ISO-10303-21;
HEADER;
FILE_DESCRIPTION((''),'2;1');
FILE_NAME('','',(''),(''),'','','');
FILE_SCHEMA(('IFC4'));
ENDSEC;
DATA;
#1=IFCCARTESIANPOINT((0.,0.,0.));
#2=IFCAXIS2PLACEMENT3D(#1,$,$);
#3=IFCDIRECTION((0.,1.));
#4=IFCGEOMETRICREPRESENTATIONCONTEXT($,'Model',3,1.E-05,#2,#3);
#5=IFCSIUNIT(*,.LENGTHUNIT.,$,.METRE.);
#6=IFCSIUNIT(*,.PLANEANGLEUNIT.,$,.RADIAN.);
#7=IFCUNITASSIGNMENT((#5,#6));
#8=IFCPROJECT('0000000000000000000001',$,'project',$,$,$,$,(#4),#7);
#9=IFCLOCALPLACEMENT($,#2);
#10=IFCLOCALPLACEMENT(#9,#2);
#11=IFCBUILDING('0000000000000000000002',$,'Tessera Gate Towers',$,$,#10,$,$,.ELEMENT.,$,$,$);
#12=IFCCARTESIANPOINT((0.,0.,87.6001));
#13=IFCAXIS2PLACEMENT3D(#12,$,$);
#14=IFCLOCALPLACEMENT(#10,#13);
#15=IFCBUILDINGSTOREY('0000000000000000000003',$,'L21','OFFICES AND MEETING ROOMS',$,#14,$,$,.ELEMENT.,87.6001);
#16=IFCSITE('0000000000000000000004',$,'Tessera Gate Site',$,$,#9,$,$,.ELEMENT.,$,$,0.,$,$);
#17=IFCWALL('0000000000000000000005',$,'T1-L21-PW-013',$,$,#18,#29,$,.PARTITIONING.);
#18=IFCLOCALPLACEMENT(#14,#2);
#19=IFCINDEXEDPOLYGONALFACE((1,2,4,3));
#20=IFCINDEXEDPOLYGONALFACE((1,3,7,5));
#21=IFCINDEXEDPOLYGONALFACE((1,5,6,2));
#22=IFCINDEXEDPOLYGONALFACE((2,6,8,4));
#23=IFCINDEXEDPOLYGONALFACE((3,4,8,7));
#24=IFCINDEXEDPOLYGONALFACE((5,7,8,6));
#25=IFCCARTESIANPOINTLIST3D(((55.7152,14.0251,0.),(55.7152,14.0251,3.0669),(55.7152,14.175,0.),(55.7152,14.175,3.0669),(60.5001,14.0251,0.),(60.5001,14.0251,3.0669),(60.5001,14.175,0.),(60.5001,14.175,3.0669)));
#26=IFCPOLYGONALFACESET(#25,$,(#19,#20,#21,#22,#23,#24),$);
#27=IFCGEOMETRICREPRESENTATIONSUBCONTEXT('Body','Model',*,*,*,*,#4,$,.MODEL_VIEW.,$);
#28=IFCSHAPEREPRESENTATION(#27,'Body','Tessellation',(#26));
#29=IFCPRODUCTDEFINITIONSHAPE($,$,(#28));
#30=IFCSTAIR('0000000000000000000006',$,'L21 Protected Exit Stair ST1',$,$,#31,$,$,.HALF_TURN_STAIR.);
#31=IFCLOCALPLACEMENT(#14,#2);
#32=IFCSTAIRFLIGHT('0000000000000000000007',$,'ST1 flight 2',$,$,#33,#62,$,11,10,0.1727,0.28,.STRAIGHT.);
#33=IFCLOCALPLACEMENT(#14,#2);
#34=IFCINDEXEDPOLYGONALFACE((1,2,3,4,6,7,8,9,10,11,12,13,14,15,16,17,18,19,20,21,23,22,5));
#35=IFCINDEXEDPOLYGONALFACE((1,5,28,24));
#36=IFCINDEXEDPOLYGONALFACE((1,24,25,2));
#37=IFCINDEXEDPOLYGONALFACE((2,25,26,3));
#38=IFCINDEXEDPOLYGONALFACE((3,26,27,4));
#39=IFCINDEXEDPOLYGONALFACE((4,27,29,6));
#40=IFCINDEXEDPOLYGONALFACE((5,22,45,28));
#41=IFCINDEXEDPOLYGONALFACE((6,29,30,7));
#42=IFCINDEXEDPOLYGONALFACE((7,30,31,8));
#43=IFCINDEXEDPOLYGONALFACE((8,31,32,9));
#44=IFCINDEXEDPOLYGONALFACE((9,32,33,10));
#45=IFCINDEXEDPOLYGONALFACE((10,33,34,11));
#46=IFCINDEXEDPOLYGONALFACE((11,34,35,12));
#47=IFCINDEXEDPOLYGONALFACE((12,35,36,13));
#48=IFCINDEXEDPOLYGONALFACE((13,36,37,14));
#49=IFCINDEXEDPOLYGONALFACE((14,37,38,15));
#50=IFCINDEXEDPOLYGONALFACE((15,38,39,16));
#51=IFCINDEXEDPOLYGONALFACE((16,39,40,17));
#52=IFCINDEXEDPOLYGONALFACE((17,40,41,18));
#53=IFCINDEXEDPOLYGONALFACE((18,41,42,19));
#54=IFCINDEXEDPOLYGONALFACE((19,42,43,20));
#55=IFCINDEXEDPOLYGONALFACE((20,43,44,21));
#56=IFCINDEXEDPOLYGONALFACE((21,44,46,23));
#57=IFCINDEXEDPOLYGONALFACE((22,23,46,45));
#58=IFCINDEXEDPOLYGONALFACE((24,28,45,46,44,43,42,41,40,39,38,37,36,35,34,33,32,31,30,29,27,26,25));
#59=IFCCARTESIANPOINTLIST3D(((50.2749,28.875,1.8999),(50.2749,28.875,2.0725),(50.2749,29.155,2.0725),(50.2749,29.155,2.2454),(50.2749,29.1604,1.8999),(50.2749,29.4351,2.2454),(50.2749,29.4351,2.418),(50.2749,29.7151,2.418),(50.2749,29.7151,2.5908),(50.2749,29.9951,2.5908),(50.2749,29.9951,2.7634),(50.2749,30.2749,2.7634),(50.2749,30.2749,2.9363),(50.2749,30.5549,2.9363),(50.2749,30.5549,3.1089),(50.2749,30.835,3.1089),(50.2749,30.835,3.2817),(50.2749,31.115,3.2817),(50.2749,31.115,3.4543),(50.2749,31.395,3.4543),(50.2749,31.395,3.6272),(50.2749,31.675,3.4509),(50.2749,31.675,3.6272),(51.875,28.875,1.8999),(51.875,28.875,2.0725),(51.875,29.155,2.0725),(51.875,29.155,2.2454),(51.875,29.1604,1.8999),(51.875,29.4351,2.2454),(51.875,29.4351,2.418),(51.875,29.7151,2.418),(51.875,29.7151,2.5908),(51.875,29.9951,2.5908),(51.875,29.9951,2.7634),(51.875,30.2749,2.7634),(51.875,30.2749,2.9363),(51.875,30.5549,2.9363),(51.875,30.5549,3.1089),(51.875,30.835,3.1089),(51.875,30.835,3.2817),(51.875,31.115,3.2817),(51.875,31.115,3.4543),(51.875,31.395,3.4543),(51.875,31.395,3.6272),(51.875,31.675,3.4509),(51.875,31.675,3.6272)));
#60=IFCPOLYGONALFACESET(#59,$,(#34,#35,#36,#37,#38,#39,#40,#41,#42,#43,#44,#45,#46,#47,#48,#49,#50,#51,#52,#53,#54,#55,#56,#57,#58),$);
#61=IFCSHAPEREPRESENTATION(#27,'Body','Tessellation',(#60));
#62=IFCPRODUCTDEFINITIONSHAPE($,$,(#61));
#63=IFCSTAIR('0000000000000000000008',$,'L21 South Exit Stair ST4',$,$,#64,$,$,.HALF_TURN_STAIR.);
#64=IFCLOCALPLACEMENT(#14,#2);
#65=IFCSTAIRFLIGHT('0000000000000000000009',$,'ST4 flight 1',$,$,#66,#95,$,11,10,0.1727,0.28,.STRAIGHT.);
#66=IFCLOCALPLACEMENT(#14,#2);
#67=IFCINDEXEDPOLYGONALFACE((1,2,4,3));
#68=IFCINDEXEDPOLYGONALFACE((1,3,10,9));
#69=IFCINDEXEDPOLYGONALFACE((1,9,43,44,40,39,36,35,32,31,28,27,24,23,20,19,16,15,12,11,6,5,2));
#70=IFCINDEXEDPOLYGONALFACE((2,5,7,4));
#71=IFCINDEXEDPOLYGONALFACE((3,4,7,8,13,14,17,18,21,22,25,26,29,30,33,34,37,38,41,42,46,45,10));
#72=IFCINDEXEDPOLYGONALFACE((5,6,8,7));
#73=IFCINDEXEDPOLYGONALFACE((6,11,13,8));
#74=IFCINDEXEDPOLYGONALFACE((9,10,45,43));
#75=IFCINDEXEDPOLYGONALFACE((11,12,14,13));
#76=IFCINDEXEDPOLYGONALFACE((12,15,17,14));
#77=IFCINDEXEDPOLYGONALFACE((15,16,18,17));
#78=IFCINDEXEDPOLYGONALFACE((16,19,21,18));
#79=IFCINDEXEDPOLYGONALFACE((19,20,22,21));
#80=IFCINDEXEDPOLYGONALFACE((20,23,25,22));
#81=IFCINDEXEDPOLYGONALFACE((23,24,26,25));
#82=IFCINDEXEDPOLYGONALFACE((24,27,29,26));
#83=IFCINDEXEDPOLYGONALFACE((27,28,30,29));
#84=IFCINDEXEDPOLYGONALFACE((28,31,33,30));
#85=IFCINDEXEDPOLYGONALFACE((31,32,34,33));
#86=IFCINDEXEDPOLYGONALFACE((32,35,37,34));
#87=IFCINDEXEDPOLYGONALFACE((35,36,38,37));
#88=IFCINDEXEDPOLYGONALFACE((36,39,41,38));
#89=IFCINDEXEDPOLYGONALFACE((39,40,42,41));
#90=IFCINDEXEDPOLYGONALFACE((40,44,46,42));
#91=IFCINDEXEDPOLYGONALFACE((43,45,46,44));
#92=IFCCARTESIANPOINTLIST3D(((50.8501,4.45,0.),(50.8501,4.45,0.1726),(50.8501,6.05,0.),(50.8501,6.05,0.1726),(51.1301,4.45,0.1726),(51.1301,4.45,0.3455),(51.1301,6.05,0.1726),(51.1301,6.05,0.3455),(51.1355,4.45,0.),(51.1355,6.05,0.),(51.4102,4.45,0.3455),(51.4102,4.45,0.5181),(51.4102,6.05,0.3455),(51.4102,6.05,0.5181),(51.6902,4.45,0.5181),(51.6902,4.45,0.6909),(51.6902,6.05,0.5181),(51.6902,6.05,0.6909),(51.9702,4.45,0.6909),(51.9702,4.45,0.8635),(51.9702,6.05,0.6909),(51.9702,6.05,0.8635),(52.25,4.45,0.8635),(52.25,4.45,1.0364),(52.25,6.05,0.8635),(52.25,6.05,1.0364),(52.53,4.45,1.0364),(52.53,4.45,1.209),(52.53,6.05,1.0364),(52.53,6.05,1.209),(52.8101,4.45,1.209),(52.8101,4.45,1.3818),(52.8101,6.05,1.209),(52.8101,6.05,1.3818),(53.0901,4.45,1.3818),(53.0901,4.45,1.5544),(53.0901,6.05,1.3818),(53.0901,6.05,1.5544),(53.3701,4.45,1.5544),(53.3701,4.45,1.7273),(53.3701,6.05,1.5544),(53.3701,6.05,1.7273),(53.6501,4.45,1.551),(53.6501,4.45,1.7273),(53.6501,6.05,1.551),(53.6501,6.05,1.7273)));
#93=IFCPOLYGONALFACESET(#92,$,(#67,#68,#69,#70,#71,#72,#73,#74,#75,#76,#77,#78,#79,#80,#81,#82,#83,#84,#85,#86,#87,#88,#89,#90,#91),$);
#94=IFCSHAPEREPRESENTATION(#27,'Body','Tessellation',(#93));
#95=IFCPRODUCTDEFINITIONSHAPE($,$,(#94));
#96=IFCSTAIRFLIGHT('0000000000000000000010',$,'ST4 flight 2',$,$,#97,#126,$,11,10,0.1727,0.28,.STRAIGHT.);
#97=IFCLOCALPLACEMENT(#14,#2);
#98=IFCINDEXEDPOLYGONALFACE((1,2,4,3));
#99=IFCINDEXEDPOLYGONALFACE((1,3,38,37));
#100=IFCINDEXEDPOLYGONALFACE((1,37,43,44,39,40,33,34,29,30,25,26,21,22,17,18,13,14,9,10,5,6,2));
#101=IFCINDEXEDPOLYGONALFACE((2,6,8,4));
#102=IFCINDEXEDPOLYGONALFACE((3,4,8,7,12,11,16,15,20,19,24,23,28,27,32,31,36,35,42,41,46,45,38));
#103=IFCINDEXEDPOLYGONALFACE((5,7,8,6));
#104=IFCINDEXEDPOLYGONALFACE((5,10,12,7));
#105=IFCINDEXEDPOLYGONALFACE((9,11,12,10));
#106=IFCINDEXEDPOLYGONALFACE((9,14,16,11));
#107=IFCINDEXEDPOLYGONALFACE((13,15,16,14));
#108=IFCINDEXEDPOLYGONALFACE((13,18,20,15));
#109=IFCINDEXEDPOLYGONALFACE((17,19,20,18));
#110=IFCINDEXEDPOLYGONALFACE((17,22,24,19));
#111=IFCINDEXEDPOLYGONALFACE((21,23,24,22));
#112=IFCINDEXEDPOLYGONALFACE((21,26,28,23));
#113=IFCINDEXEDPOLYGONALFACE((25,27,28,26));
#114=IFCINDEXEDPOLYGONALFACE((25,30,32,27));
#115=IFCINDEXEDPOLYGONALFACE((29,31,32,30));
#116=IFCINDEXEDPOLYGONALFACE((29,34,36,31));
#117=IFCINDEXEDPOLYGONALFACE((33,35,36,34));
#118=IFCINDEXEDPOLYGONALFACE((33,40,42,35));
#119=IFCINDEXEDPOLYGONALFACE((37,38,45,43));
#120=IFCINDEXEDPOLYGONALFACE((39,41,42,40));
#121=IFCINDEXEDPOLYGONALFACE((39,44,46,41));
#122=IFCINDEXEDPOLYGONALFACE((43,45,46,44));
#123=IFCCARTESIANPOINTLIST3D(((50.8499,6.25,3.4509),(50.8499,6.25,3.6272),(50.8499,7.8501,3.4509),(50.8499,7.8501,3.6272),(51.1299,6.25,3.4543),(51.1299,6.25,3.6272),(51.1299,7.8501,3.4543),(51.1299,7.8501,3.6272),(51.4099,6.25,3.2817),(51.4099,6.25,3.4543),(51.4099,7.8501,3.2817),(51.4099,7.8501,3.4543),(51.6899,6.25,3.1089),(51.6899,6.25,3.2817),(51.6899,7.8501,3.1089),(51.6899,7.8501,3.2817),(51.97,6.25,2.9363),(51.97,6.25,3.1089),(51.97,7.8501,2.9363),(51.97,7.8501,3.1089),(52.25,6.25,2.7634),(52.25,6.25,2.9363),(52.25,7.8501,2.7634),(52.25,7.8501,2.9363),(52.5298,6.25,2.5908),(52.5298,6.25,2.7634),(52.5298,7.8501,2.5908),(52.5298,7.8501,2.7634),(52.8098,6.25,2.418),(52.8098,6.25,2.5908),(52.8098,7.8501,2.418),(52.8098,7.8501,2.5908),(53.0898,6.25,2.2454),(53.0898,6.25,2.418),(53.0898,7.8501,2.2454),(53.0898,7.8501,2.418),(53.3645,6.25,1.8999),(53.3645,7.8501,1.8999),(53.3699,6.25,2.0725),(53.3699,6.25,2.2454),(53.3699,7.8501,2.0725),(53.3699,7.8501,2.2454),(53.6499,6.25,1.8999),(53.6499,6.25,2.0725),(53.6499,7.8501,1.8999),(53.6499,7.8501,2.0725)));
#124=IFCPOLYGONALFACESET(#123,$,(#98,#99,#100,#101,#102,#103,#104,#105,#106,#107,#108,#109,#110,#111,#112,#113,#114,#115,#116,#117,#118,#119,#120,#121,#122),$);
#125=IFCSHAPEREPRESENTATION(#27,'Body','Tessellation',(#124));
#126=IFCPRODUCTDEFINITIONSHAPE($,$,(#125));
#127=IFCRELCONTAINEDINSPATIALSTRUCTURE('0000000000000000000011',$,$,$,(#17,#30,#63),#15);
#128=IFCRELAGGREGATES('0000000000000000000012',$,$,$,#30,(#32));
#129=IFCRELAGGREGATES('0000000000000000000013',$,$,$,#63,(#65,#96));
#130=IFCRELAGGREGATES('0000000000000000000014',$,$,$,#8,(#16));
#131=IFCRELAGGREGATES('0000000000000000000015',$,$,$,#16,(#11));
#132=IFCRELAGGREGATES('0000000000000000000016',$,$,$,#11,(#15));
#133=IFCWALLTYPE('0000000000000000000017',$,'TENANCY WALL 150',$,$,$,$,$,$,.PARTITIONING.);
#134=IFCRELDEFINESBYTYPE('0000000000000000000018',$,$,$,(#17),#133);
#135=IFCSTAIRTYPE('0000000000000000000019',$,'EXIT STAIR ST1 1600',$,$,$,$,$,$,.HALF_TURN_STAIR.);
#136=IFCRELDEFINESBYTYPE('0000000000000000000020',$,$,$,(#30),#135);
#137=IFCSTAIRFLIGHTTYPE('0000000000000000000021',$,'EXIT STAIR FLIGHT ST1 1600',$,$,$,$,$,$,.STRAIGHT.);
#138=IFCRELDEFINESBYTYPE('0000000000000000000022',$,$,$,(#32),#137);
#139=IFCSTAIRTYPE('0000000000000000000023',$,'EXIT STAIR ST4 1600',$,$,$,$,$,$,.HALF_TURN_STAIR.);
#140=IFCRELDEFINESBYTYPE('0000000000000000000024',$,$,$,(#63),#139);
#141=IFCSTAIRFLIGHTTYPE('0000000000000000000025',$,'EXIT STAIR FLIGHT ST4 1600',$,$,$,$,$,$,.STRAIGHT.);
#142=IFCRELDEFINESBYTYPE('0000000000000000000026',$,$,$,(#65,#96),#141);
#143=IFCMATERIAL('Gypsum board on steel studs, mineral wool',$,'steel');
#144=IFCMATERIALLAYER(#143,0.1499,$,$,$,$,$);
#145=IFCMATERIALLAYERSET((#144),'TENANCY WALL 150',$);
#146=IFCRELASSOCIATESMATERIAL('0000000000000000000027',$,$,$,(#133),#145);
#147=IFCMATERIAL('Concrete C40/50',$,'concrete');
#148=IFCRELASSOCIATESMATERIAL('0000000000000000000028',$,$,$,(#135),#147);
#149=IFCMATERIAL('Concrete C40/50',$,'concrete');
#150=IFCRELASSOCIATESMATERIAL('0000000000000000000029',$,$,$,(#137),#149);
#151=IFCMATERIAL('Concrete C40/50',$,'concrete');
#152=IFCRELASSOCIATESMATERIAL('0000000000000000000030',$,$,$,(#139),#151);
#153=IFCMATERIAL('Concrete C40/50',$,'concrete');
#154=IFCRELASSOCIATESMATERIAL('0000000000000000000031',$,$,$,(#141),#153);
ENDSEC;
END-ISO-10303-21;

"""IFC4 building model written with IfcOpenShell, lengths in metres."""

from ifc_helpers import new_model, si_unit, direction, frame, frame_2d, origin, place, context, subcontext, project, spatial, polyline, rectangle, outline, extrude, material, layer, layer_set, type_object, element, aggregate, save


model = new_model("IFC4")

# Units and contexts
model_context = context("Model", 3, precision=1e-05, world=origin(), true_north=direction((0.0, 1.0)))
body_context = subcontext(model_context, "Body", "Model", "MODEL_VIEW")
ifc_project = project(units=[si_unit("LENGTHUNIT", "METRE"), si_unit("PLANEANGLEUNIT", "RADIAN")], contexts=[model_context])

# Site, building, storey
site_placement = place(None, origin())
site = spatial("IfcSite", under=ifc_project, at=site_placement, Name="Tessera Gate Site", CompositionType="ELEMENT", RefElevation=0.0)
building_placement = place(site_placement, origin())
building = spatial("IfcBuilding", under=site, at=building_placement, Name="Tessera Gate Towers", CompositionType="ELEMENT")
storey_placement = place(building_placement, frame((0.0, 0.0, 87.6001)))
storey = spatial("IfcBuildingStorey", under=building, at=storey_placement, Name="L21", Description="OFFICES AND MEETING ROOMS", CompositionType="ELEMENT", Elevation=87.6001)

# Wall
ifc_material_1 = material(Name="Gypsum board on steel studs, mineral wool", Category="steel")
ifc_layer_1 = layer(ifc_material_1, 0.1499)
ifc_layer_set_1 = layer_set([ifc_layer_1], Name="TENANCY WALL 150")
wall_type_1 = type_object("IfcWallType", Name="TENANCY WALL 150", PredefinedType="PARTITIONING", material=ifc_layer_set_1)
wall_1_placement = place(storey_placement, frame((55.7151, 14.1001, 0.0), z_axis=(0.0, 0.0, 1.0), x_axis=(1.0, 0.0, 0.0)))
element("IfcWall", 1, at=wall_1_placement, inside=storey, type_object=wall_type_1, Name="T1-L21-PW-013", PredefinedType="PARTITIONING", context=body_context, shape_type="SweptSolid", body=[
    extrude(rectangle(XDim=4.7849, YDim=0.1499, at=frame_2d((2.3926, 0.0))), origin(), (0.0, 0.0, 1.0), 3.0669),
])

# Stair, stair flight
ifc_material_2 = material(Name="Concrete C40/50", Category="concrete")
stair_type_1 = type_object("IfcStairType", Name="EXIT STAIR ST1 1600", PredefinedType="HALF_TURN_STAIR", material=ifc_material_2)
stair_1_placement = place(storey_placement, origin())
stair_1 = element("IfcStair", 2, at=stair_1_placement, inside=storey, type_object=stair_type_1, Name="L21 Protected Exit Stair ST1", PredefinedType="HALF_TURN_STAIR")
ifc_material_3 = material(Name="Concrete C40/50", Category="concrete")
stair_flight_type_1 = type_object("IfcStairFlightType", Name="EXIT STAIR FLIGHT ST1 1600", PredefinedType="STRAIGHT", material=ifc_material_3)
stair_flight_1_placement = place(storey_placement, frame((51.075, 28.875, 1.8999), z_axis=(0.0, 0.0, 1.0), x_axis=(0.0, 1.0, 0.0)))
stair_flight_1 = element("IfcStairFlight", 3, at=stair_flight_1_placement, type_object=stair_flight_type_1, Name="ST1 flight 2", NumberOfRisers=11, NumberOfTreads=10, PredefinedType="STRAIGHT", RiserHeight=0.1727, TreadLength=0.28, context=body_context, shape_type="SweptSolid", body=[
    extrude(outline(polyline([(0.0, 0.0), (0.0, 0.1726), (0.28, 0.1726), (0.28, 0.3455), (0.5601, 0.3455), (0.5601, 0.5181), (0.8401, 0.5181), (0.8401, 0.6909), (1.1201, 0.6909), (1.1201, 0.8635), (1.3999, 0.8635), (1.3999, 1.0364), (1.6799, 1.0364), (1.6799, 1.209), (1.96, 1.209), (1.96, 1.3818), (2.24, 1.3818), (2.24, 1.5544), (2.52, 1.5544), (2.52, 1.7273), (2.8, 1.7273), (2.8, 1.8999), (2.8, 1.551), (0.2854, 0.0), (0.0, 0.0)])), frame((0.0, 0.8, 0.0), z_axis=(0.0, -1.0, 0.0), x_axis=(1.0, 0.0, 0.0)), (0.0, 0.0, 1.0), 1.6001),
])
aggregate(stair_1, [stair_flight_1])

# Stair, stair flights
ifc_material_4 = material(Name="Concrete C40/50", Category="concrete")
stair_type_2 = type_object("IfcStairType", Name="EXIT STAIR ST4 1600", PredefinedType="HALF_TURN_STAIR", material=ifc_material_4)
stair_2_placement = place(storey_placement, origin())
stair_2 = element("IfcStair", 4, at=stair_2_placement, inside=storey, type_object=stair_type_2, Name="L21 South Exit Stair ST4", PredefinedType="HALF_TURN_STAIR")
ifc_material_5 = material(Name="Concrete C40/50", Category="concrete")
stair_flight_type_2 = type_object("IfcStairFlightType", Name="EXIT STAIR FLIGHT ST4 1600", PredefinedType="STRAIGHT", material=ifc_material_5)
stair_flight_2_placement = place(storey_placement, frame((50.8501, 5.25, 0.0), z_axis=(0.0, 0.0, 1.0), x_axis=(1.0, 0.0, 0.0)))
stair_flight_2 = element("IfcStairFlight", 5, at=stair_flight_2_placement, type_object=stair_flight_type_2, Name="ST4 flight 1", NumberOfRisers=11, NumberOfTreads=10, PredefinedType="STRAIGHT", RiserHeight=0.1727, TreadLength=0.28, context=body_context, shape_type="SweptSolid", body=[
    extrude(outline(polyline([(0.0, 0.0), (0.0, 0.1726), (0.28, 0.1726), (0.28, 0.3455), (0.5601, 0.3455), (0.5601, 0.5181), (0.8401, 0.5181), (0.8401, 0.6909), (1.1201, 0.6909), (1.1201, 0.8635), (1.3999, 0.8635), (1.3999, 1.0364), (1.6799, 1.0364), (1.6799, 1.209), (1.96, 1.209), (1.96, 1.3818), (2.24, 1.3818), (2.24, 1.5544), (2.52, 1.5544), (2.52, 1.7273), (2.8, 1.7273), (2.8, 1.8999), (2.8, 1.551), (0.2854, 0.0), (0.0, 0.0)])), frame((0.0, 0.8, 0.0), z_axis=(0.0, -1.0, 0.0), x_axis=(1.0, 0.0, 0.0)), (0.0, 0.0, 1.0), 1.6001),
])
stair_flight_3_placement = place(storey_placement, frame((53.6499, 7.05, 1.8999), z_axis=(0.0, 0.0, 1.0), x_axis=(-1.0, 0.0, 0.0)))
stair_flight_3 = element("IfcStairFlight", 6, at=stair_flight_3_placement, type_object=stair_flight_type_2, Name="ST4 flight 2", NumberOfRisers=11, NumberOfTreads=10, PredefinedType="STRAIGHT", RiserHeight=0.1727, TreadLength=0.28, context=body_context, shape_type="SweptSolid", body=[
    extrude(outline(polyline([(0.0, 0.0), (0.0, 0.1726), (0.28, 0.1726), (0.28, 0.3455), (0.5601, 0.3455), (0.5601, 0.5181), (0.8401, 0.5181), (0.8401, 0.6909), (1.1201, 0.6909), (1.1201, 0.8635), (1.3999, 0.8635), (1.3999, 1.0364), (1.6799, 1.0364), (1.6799, 1.209), (1.96, 1.209), (1.96, 1.3818), (2.24, 1.3818), (2.24, 1.5544), (2.52, 1.5544), (2.52, 1.7273), (2.8, 1.7273), (2.8, 1.8999), (2.8, 1.551), (0.2854, 0.0), (0.0, 0.0)])), frame((0.0, 0.8, 0.0), z_axis=(0.0, -1.0, 0.0), x_axis=(1.0, 0.0, 0.0)), (0.0, 0.0, 1.0), 1.6001),
])
aggregate(stair_2, [stair_flight_2, stair_flight_3])

save(model, "model.ifc")
